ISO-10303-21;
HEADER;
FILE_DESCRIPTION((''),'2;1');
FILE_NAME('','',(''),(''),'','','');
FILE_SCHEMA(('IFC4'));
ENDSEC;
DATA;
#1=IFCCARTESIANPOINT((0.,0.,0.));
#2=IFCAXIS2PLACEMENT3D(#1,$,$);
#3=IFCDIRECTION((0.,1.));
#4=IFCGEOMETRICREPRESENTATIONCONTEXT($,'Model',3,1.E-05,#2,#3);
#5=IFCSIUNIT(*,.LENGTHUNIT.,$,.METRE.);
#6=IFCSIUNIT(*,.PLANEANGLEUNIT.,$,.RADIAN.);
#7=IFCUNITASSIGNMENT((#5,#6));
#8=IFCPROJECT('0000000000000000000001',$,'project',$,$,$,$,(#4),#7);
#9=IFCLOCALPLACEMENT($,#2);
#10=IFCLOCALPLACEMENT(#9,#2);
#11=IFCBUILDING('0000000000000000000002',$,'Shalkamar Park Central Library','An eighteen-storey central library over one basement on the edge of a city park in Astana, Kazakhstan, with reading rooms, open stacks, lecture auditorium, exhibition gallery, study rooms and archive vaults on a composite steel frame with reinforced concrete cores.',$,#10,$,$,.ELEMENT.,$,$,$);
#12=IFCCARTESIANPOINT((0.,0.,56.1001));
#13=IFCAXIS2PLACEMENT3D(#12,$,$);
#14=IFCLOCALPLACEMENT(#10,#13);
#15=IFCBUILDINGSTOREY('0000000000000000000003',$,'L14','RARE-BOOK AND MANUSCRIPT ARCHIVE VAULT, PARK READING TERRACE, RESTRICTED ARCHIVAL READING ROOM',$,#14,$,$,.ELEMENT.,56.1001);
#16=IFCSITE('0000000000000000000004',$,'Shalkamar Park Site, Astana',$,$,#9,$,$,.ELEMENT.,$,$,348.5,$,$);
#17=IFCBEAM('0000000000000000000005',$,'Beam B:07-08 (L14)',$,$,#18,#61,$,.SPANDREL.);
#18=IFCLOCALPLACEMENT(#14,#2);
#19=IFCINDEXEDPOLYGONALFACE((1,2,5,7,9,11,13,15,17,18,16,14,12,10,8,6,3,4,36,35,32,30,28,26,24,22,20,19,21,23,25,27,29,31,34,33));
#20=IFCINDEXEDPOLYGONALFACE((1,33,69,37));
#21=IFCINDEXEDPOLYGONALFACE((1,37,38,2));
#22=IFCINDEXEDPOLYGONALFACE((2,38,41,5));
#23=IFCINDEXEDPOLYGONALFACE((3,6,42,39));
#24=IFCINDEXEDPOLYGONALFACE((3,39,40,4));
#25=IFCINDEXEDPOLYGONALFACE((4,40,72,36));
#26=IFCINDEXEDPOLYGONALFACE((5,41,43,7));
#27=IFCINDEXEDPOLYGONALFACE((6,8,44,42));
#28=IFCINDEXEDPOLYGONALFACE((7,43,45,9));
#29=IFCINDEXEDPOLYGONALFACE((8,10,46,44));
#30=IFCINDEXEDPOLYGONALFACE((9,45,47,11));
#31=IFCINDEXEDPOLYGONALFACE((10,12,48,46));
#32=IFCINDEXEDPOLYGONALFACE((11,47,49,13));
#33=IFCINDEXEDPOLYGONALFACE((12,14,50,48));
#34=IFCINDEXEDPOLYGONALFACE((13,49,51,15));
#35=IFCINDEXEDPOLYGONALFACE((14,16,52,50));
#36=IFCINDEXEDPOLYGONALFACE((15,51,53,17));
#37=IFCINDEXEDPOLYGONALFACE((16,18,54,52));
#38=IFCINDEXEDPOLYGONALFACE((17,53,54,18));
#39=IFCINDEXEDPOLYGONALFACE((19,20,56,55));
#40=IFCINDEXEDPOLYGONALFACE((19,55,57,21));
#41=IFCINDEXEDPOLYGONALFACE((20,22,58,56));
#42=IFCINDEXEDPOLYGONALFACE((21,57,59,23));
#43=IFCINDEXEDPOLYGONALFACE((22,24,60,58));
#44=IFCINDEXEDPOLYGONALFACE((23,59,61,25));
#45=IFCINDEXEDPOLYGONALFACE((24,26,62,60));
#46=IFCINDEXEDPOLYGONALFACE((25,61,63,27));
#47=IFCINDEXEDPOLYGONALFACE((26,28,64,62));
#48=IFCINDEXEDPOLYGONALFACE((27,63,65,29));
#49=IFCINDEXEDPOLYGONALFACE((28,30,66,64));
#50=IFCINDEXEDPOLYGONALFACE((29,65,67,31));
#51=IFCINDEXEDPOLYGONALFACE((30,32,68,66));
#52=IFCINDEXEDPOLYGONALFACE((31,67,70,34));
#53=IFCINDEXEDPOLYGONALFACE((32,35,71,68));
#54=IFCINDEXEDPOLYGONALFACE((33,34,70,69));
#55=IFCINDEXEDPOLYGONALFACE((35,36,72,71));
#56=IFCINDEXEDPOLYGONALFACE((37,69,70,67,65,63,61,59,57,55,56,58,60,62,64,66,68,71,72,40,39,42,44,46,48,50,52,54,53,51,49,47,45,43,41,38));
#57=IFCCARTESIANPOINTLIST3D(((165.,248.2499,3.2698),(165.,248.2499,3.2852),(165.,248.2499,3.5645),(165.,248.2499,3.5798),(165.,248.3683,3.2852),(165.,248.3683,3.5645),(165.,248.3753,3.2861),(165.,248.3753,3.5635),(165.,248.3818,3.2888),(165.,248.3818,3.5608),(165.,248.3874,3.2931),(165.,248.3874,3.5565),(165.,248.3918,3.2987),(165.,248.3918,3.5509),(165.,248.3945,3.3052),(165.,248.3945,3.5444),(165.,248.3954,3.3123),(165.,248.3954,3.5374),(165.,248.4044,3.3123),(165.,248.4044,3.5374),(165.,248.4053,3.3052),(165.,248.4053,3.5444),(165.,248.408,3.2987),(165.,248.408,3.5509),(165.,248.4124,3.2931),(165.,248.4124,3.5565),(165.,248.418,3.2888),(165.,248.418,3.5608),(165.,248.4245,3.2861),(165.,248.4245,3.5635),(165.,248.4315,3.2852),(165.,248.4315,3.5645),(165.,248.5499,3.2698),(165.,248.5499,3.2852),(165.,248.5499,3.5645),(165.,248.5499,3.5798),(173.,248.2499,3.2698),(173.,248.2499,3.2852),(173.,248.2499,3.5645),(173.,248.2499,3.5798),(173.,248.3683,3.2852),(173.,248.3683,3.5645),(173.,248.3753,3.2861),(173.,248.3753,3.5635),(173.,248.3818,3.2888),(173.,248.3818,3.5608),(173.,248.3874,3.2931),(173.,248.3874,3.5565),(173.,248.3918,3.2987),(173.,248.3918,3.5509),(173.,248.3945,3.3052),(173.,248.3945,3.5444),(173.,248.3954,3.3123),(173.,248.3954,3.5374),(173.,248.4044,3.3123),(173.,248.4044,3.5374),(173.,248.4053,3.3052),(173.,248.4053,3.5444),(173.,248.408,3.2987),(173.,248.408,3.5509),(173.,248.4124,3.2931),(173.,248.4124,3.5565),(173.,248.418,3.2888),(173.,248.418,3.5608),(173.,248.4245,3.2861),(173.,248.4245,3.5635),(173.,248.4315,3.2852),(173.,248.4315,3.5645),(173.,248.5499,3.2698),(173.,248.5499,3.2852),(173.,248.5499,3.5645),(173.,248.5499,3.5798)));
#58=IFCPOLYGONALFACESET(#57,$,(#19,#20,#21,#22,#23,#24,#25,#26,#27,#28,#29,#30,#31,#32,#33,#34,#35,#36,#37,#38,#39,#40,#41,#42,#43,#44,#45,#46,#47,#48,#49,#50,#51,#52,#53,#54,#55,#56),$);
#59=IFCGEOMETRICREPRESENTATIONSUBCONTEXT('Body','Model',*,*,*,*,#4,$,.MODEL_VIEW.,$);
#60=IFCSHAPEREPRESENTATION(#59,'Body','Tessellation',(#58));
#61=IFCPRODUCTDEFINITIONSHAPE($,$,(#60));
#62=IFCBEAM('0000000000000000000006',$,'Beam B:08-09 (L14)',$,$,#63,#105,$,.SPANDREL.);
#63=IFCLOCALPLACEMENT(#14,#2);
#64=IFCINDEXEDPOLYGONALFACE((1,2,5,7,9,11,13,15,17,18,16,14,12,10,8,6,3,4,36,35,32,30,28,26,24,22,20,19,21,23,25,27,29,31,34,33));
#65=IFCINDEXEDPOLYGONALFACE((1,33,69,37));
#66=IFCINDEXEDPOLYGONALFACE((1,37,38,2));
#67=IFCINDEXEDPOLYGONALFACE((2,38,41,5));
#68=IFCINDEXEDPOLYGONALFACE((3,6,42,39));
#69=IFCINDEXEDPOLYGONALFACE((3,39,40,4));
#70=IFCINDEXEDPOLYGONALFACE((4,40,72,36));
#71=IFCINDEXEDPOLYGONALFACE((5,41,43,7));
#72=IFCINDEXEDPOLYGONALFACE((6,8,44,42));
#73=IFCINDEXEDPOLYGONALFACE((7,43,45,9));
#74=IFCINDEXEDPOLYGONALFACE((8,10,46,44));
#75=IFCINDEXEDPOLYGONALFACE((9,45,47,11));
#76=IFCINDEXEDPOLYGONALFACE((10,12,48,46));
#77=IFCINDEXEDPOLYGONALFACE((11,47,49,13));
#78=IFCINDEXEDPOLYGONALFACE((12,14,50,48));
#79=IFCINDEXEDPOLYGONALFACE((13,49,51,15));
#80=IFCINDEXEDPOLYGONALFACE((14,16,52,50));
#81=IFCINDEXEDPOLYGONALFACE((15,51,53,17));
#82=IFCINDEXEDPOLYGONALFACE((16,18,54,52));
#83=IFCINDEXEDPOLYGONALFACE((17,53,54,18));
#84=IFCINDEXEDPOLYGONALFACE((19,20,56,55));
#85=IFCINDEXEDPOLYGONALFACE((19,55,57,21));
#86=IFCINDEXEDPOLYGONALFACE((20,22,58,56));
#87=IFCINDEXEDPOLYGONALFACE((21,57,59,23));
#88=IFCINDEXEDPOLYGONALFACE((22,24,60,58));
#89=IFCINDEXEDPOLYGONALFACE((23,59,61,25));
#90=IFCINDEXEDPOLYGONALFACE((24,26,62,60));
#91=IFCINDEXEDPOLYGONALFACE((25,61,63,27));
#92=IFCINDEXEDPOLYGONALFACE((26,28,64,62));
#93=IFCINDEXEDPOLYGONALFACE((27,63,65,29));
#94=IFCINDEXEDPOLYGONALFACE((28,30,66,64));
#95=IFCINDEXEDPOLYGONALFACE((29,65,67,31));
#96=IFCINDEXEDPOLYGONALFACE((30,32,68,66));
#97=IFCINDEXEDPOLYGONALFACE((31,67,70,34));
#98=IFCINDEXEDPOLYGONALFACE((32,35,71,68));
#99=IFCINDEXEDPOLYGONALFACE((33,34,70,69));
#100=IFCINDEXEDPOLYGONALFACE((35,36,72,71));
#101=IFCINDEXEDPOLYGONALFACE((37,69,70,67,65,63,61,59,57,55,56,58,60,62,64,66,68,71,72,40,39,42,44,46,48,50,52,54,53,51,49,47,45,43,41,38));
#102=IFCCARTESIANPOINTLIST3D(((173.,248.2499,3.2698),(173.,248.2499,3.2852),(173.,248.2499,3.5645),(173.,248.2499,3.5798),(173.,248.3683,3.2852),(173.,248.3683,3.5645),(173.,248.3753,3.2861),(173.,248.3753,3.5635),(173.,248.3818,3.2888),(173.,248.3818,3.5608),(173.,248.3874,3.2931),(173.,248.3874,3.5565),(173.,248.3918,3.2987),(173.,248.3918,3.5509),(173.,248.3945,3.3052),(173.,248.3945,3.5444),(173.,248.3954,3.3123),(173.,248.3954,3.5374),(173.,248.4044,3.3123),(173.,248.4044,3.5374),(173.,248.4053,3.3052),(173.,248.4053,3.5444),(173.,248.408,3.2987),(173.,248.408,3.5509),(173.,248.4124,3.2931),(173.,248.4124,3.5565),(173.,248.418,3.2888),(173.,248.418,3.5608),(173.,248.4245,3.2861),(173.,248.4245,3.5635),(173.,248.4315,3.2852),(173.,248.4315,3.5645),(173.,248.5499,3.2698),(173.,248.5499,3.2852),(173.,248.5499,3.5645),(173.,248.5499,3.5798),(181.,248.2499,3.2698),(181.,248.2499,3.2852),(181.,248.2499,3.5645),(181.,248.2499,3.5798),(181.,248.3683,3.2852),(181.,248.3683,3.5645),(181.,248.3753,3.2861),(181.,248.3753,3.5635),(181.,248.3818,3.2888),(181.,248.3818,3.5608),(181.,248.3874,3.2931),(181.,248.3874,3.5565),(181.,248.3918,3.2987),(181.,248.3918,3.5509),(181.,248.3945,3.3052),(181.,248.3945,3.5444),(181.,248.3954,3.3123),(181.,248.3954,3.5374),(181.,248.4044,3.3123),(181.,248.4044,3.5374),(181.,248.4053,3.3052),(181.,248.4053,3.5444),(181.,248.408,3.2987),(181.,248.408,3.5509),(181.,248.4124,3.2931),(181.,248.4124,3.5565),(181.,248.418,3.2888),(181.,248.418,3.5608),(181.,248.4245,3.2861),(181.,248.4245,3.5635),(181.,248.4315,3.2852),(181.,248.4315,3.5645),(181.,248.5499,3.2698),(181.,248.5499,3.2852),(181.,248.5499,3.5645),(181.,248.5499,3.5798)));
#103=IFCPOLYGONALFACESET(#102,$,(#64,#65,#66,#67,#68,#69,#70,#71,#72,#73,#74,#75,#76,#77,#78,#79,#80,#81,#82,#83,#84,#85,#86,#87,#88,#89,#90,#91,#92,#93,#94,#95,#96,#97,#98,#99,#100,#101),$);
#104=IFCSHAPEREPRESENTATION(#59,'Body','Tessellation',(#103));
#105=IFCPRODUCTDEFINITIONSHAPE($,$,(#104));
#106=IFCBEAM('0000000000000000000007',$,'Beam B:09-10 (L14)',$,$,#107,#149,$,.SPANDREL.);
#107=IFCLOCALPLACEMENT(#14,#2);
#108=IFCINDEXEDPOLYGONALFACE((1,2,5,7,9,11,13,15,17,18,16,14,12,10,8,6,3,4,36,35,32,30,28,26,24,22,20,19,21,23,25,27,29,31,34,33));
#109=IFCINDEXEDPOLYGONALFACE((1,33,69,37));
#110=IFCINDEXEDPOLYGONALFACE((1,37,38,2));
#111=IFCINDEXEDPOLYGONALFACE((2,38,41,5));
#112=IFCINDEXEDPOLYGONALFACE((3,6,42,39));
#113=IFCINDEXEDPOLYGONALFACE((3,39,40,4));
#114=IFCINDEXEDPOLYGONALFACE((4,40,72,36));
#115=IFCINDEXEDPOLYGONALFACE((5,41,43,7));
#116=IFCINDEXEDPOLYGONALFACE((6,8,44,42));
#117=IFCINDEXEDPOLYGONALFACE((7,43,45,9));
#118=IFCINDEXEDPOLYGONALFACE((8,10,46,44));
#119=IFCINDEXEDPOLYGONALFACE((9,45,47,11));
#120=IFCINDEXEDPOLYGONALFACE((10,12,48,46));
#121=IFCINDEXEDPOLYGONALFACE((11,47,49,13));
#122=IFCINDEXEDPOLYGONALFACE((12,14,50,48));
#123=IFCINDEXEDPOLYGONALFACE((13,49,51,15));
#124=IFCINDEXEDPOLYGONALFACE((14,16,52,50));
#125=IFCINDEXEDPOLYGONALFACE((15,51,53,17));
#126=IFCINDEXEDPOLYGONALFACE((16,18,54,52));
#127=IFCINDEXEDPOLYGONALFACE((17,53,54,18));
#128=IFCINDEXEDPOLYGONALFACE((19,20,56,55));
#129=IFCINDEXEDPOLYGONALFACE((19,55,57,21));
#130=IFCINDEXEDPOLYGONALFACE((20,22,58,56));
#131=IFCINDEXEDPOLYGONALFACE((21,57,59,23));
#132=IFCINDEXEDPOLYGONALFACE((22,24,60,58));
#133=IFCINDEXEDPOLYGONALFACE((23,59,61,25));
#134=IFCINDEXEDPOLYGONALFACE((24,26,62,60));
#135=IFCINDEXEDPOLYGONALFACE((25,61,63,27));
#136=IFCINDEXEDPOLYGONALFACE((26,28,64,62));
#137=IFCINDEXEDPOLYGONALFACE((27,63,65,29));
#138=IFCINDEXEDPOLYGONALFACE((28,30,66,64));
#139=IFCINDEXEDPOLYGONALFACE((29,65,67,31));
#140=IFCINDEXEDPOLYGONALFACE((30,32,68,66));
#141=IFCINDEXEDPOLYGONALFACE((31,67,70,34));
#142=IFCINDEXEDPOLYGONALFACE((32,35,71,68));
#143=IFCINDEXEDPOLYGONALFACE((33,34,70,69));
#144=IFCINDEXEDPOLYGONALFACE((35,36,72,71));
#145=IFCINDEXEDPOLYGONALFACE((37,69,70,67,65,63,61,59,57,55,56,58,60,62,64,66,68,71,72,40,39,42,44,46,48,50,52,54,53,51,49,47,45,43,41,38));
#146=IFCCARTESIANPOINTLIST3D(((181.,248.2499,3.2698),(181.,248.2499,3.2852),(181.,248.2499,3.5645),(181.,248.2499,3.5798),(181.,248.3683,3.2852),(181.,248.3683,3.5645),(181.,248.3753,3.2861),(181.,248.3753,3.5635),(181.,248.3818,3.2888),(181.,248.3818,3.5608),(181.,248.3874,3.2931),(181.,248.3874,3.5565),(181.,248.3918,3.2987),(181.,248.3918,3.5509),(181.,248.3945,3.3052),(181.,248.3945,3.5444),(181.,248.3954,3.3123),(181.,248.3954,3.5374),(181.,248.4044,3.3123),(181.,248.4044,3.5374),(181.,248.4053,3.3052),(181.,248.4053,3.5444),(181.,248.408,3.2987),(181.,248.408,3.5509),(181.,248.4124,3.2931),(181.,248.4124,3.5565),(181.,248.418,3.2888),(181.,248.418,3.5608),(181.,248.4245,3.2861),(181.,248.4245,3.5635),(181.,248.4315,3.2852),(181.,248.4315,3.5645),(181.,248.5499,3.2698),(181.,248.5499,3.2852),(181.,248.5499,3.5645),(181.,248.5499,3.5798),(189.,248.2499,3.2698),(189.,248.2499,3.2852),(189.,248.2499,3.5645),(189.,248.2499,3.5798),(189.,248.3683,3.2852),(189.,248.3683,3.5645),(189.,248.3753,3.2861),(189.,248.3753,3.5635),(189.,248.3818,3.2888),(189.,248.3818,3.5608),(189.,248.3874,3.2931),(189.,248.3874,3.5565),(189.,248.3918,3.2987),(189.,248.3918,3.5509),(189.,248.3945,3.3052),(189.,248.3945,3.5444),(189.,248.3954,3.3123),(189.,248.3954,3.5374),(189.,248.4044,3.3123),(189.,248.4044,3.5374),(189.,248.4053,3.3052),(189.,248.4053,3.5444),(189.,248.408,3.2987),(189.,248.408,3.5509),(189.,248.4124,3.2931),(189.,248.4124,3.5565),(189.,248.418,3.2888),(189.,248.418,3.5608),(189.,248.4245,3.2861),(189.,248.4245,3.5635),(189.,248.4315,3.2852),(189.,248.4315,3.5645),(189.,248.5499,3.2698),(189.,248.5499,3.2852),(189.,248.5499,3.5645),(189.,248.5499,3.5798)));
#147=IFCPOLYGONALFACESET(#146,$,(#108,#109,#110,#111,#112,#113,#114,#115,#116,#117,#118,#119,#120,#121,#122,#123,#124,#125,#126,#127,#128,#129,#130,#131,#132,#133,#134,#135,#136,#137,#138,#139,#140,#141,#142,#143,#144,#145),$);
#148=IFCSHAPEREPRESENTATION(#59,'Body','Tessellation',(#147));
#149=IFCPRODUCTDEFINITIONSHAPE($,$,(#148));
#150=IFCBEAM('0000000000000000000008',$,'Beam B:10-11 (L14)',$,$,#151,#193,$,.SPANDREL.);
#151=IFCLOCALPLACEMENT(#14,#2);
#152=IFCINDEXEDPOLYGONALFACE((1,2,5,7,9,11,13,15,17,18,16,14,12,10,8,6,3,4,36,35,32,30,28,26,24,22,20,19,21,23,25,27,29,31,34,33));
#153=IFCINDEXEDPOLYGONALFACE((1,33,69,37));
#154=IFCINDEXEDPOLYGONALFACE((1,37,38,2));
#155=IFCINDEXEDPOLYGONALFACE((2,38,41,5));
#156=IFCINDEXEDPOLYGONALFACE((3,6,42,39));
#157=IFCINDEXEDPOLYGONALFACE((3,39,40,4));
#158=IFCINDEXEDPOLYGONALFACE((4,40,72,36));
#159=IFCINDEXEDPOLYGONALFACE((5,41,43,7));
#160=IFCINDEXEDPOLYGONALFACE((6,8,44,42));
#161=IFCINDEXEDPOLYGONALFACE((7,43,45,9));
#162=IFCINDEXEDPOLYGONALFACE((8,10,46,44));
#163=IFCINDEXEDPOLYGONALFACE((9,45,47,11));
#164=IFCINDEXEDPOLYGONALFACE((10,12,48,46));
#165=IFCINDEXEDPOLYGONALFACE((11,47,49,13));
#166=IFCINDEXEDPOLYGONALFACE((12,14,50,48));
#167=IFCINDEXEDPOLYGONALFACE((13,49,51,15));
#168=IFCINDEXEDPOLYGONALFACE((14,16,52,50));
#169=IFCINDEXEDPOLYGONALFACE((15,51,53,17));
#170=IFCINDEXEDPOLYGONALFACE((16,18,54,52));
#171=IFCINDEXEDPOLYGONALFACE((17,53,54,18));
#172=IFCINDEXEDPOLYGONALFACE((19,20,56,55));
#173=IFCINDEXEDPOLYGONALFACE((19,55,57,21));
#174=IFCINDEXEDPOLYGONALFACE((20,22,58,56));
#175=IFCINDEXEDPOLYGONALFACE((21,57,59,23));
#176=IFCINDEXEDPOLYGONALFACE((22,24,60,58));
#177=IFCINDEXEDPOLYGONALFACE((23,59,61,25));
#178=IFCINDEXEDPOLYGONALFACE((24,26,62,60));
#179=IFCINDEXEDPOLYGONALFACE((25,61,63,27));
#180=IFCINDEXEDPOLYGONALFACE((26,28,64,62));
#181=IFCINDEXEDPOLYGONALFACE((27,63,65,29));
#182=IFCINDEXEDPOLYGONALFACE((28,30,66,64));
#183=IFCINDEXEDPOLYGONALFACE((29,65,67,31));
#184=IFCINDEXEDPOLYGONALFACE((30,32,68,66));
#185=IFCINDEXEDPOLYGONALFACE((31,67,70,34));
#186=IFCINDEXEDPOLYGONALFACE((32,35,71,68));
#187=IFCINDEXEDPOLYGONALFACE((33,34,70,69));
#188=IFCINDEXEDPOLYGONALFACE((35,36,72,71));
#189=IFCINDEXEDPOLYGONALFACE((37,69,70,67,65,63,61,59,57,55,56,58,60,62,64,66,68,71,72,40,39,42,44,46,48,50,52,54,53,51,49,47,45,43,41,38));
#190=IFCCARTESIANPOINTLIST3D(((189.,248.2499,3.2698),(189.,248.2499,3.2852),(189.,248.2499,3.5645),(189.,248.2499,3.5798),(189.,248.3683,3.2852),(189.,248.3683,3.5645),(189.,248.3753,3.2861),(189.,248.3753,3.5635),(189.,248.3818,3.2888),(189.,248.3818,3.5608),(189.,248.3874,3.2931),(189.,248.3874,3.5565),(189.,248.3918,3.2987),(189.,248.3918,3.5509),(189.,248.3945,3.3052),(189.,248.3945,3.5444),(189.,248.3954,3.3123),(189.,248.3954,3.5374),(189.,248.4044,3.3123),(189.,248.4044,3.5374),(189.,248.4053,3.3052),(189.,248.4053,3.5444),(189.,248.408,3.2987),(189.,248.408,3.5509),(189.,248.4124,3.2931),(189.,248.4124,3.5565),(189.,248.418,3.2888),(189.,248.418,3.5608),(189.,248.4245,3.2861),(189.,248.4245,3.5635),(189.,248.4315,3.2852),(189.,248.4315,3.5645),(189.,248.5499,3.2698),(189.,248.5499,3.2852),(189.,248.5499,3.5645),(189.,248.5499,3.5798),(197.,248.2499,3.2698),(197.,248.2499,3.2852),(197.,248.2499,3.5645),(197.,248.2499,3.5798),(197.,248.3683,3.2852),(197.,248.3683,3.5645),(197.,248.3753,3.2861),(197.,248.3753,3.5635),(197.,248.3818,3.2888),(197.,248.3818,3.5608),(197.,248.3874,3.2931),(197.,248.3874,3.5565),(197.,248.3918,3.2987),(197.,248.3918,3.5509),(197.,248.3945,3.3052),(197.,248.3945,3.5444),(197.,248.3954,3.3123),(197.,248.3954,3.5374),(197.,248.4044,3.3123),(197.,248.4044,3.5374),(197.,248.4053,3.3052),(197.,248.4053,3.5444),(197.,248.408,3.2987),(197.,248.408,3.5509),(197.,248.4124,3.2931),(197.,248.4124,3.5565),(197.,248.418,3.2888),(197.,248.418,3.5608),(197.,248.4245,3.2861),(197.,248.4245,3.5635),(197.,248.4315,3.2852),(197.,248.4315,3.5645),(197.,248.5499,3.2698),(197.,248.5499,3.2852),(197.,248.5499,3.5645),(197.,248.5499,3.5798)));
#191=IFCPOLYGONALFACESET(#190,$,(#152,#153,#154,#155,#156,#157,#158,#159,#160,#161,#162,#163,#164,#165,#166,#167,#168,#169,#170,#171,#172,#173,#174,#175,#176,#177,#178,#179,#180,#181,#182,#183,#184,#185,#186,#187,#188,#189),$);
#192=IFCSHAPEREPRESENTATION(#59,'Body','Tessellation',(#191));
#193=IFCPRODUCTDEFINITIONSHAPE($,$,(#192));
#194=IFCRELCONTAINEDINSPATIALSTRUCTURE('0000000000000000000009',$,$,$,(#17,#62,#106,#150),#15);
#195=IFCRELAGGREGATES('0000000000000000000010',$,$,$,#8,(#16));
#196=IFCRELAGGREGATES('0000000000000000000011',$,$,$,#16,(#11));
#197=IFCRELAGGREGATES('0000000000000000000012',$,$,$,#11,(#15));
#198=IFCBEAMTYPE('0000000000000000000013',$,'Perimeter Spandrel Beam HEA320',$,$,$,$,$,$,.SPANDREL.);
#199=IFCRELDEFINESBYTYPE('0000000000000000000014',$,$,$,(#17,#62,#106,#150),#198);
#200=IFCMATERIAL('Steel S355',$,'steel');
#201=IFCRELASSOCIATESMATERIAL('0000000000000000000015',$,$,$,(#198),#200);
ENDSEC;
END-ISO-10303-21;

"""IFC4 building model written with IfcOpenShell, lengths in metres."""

from ifc_helpers import new_model, si_unit, direction, frame, origin, origin_2d, place, context, subcontext, project, spatial, i_section, extrude, material, material_profile, profile_set, type_object, element, save


model = new_model("IFC4")

# Units and contexts
model_context = context("Model", 3, precision=1e-05, world=origin(), true_north=direction((0.0, 1.0)))
body_context = subcontext(model_context, "Body", "Model", "MODEL_VIEW")
ifc_project = project(units=[si_unit("LENGTHUNIT", "METRE"), si_unit("PLANEANGLEUNIT", "RADIAN")], contexts=[model_context])

# Site, building, storey
site_placement = place(None, origin())
site = spatial("IfcSite", under=ifc_project, at=site_placement, Name="Shalkamar Park Site, Astana", CompositionType="ELEMENT", RefElevation=348.5)
building_placement = place(site_placement, origin())
building = spatial("IfcBuilding", under=site, at=building_placement, Name="Shalkamar Park Central Library", Description="An eighteen-storey central library over one basement on the edge of a city park in Astana, Kazakhstan, with reading rooms, open stacks, lecture auditorium, exhibition gallery, study rooms and archive vaults on a composite steel frame with reinforced concrete cores.", CompositionType="ELEMENT")
storey_placement = place(building_placement, frame((0.0, 0.0, 56.1001)))
storey = spatial("IfcBuildingStorey", under=building, at=storey_placement, Name="L14", Description="RARE-BOOK AND MANUSCRIPT ARCHIVE VAULT, PARK READING TERRACE, RESTRICTED ARCHIVAL READING ROOM", CompositionType="ELEMENT", Elevation=56.1001)

# Shared definitions
ifc_material_1 = material(Name="Steel S355", Category="steel")

# Beams
ifc_material_profile_1 = material_profile(ifc_material_1, i_section(OverallWidth=0.3, OverallDepth=0.3101, WebThickness=0.009, FlangeThickness=0.0154, FilletRadius=0.0271, at=origin_2d()), Name="HEA 320")
ifc_profile_set_1 = profile_set([ifc_material_profile_1], Name="Steel S355")
beam_type_1 = type_object("IfcBeamType", Name="Perimeter Spandrel Beam HEA320", PredefinedType="SPANDREL", material=ifc_profile_set_1)
for number, where, z_axis, x_axis, name in (
    (1, (165.0, 248.3999, 3.4248), (1.0, 0.0, 0.0), (0.0, 1.0, 0.0), "Beam B:07-08 (L14)"),
    (2, (173.0, 248.3999, 3.4248), (1.0, 0.0, 0.0), (0.0, 1.0, 0.0), "Beam B:08-09 (L14)"),
    (3, (181.0, 248.3999, 3.4248), (1.0, 0.0, 0.0), (0.0, 1.0, 0.0), "Beam B:09-10 (L14)"),
    (4, (189.0, 248.3999, 3.4248), (1.0, 0.0, 0.0), (0.0, 1.0, 0.0), "Beam B:10-11 (L14)"),
):
    element("IfcBeam", number, at=place(storey_placement, frame(where, z_axis=z_axis, x_axis=x_axis)), inside=storey, type_object=beam_type_1, Name=name, PredefinedType="SPANDREL", context=body_context, shape_type="SweptSolid", body=[
        extrude(i_section(OverallWidth=0.3, OverallDepth=0.3101, WebThickness=0.009, FlangeThickness=0.0154, FilletRadius=0.0271, at=origin_2d()), origin(), (0.0, 0.0, 1.0), 8.0),
    ])

save(model, "model.ifc")
